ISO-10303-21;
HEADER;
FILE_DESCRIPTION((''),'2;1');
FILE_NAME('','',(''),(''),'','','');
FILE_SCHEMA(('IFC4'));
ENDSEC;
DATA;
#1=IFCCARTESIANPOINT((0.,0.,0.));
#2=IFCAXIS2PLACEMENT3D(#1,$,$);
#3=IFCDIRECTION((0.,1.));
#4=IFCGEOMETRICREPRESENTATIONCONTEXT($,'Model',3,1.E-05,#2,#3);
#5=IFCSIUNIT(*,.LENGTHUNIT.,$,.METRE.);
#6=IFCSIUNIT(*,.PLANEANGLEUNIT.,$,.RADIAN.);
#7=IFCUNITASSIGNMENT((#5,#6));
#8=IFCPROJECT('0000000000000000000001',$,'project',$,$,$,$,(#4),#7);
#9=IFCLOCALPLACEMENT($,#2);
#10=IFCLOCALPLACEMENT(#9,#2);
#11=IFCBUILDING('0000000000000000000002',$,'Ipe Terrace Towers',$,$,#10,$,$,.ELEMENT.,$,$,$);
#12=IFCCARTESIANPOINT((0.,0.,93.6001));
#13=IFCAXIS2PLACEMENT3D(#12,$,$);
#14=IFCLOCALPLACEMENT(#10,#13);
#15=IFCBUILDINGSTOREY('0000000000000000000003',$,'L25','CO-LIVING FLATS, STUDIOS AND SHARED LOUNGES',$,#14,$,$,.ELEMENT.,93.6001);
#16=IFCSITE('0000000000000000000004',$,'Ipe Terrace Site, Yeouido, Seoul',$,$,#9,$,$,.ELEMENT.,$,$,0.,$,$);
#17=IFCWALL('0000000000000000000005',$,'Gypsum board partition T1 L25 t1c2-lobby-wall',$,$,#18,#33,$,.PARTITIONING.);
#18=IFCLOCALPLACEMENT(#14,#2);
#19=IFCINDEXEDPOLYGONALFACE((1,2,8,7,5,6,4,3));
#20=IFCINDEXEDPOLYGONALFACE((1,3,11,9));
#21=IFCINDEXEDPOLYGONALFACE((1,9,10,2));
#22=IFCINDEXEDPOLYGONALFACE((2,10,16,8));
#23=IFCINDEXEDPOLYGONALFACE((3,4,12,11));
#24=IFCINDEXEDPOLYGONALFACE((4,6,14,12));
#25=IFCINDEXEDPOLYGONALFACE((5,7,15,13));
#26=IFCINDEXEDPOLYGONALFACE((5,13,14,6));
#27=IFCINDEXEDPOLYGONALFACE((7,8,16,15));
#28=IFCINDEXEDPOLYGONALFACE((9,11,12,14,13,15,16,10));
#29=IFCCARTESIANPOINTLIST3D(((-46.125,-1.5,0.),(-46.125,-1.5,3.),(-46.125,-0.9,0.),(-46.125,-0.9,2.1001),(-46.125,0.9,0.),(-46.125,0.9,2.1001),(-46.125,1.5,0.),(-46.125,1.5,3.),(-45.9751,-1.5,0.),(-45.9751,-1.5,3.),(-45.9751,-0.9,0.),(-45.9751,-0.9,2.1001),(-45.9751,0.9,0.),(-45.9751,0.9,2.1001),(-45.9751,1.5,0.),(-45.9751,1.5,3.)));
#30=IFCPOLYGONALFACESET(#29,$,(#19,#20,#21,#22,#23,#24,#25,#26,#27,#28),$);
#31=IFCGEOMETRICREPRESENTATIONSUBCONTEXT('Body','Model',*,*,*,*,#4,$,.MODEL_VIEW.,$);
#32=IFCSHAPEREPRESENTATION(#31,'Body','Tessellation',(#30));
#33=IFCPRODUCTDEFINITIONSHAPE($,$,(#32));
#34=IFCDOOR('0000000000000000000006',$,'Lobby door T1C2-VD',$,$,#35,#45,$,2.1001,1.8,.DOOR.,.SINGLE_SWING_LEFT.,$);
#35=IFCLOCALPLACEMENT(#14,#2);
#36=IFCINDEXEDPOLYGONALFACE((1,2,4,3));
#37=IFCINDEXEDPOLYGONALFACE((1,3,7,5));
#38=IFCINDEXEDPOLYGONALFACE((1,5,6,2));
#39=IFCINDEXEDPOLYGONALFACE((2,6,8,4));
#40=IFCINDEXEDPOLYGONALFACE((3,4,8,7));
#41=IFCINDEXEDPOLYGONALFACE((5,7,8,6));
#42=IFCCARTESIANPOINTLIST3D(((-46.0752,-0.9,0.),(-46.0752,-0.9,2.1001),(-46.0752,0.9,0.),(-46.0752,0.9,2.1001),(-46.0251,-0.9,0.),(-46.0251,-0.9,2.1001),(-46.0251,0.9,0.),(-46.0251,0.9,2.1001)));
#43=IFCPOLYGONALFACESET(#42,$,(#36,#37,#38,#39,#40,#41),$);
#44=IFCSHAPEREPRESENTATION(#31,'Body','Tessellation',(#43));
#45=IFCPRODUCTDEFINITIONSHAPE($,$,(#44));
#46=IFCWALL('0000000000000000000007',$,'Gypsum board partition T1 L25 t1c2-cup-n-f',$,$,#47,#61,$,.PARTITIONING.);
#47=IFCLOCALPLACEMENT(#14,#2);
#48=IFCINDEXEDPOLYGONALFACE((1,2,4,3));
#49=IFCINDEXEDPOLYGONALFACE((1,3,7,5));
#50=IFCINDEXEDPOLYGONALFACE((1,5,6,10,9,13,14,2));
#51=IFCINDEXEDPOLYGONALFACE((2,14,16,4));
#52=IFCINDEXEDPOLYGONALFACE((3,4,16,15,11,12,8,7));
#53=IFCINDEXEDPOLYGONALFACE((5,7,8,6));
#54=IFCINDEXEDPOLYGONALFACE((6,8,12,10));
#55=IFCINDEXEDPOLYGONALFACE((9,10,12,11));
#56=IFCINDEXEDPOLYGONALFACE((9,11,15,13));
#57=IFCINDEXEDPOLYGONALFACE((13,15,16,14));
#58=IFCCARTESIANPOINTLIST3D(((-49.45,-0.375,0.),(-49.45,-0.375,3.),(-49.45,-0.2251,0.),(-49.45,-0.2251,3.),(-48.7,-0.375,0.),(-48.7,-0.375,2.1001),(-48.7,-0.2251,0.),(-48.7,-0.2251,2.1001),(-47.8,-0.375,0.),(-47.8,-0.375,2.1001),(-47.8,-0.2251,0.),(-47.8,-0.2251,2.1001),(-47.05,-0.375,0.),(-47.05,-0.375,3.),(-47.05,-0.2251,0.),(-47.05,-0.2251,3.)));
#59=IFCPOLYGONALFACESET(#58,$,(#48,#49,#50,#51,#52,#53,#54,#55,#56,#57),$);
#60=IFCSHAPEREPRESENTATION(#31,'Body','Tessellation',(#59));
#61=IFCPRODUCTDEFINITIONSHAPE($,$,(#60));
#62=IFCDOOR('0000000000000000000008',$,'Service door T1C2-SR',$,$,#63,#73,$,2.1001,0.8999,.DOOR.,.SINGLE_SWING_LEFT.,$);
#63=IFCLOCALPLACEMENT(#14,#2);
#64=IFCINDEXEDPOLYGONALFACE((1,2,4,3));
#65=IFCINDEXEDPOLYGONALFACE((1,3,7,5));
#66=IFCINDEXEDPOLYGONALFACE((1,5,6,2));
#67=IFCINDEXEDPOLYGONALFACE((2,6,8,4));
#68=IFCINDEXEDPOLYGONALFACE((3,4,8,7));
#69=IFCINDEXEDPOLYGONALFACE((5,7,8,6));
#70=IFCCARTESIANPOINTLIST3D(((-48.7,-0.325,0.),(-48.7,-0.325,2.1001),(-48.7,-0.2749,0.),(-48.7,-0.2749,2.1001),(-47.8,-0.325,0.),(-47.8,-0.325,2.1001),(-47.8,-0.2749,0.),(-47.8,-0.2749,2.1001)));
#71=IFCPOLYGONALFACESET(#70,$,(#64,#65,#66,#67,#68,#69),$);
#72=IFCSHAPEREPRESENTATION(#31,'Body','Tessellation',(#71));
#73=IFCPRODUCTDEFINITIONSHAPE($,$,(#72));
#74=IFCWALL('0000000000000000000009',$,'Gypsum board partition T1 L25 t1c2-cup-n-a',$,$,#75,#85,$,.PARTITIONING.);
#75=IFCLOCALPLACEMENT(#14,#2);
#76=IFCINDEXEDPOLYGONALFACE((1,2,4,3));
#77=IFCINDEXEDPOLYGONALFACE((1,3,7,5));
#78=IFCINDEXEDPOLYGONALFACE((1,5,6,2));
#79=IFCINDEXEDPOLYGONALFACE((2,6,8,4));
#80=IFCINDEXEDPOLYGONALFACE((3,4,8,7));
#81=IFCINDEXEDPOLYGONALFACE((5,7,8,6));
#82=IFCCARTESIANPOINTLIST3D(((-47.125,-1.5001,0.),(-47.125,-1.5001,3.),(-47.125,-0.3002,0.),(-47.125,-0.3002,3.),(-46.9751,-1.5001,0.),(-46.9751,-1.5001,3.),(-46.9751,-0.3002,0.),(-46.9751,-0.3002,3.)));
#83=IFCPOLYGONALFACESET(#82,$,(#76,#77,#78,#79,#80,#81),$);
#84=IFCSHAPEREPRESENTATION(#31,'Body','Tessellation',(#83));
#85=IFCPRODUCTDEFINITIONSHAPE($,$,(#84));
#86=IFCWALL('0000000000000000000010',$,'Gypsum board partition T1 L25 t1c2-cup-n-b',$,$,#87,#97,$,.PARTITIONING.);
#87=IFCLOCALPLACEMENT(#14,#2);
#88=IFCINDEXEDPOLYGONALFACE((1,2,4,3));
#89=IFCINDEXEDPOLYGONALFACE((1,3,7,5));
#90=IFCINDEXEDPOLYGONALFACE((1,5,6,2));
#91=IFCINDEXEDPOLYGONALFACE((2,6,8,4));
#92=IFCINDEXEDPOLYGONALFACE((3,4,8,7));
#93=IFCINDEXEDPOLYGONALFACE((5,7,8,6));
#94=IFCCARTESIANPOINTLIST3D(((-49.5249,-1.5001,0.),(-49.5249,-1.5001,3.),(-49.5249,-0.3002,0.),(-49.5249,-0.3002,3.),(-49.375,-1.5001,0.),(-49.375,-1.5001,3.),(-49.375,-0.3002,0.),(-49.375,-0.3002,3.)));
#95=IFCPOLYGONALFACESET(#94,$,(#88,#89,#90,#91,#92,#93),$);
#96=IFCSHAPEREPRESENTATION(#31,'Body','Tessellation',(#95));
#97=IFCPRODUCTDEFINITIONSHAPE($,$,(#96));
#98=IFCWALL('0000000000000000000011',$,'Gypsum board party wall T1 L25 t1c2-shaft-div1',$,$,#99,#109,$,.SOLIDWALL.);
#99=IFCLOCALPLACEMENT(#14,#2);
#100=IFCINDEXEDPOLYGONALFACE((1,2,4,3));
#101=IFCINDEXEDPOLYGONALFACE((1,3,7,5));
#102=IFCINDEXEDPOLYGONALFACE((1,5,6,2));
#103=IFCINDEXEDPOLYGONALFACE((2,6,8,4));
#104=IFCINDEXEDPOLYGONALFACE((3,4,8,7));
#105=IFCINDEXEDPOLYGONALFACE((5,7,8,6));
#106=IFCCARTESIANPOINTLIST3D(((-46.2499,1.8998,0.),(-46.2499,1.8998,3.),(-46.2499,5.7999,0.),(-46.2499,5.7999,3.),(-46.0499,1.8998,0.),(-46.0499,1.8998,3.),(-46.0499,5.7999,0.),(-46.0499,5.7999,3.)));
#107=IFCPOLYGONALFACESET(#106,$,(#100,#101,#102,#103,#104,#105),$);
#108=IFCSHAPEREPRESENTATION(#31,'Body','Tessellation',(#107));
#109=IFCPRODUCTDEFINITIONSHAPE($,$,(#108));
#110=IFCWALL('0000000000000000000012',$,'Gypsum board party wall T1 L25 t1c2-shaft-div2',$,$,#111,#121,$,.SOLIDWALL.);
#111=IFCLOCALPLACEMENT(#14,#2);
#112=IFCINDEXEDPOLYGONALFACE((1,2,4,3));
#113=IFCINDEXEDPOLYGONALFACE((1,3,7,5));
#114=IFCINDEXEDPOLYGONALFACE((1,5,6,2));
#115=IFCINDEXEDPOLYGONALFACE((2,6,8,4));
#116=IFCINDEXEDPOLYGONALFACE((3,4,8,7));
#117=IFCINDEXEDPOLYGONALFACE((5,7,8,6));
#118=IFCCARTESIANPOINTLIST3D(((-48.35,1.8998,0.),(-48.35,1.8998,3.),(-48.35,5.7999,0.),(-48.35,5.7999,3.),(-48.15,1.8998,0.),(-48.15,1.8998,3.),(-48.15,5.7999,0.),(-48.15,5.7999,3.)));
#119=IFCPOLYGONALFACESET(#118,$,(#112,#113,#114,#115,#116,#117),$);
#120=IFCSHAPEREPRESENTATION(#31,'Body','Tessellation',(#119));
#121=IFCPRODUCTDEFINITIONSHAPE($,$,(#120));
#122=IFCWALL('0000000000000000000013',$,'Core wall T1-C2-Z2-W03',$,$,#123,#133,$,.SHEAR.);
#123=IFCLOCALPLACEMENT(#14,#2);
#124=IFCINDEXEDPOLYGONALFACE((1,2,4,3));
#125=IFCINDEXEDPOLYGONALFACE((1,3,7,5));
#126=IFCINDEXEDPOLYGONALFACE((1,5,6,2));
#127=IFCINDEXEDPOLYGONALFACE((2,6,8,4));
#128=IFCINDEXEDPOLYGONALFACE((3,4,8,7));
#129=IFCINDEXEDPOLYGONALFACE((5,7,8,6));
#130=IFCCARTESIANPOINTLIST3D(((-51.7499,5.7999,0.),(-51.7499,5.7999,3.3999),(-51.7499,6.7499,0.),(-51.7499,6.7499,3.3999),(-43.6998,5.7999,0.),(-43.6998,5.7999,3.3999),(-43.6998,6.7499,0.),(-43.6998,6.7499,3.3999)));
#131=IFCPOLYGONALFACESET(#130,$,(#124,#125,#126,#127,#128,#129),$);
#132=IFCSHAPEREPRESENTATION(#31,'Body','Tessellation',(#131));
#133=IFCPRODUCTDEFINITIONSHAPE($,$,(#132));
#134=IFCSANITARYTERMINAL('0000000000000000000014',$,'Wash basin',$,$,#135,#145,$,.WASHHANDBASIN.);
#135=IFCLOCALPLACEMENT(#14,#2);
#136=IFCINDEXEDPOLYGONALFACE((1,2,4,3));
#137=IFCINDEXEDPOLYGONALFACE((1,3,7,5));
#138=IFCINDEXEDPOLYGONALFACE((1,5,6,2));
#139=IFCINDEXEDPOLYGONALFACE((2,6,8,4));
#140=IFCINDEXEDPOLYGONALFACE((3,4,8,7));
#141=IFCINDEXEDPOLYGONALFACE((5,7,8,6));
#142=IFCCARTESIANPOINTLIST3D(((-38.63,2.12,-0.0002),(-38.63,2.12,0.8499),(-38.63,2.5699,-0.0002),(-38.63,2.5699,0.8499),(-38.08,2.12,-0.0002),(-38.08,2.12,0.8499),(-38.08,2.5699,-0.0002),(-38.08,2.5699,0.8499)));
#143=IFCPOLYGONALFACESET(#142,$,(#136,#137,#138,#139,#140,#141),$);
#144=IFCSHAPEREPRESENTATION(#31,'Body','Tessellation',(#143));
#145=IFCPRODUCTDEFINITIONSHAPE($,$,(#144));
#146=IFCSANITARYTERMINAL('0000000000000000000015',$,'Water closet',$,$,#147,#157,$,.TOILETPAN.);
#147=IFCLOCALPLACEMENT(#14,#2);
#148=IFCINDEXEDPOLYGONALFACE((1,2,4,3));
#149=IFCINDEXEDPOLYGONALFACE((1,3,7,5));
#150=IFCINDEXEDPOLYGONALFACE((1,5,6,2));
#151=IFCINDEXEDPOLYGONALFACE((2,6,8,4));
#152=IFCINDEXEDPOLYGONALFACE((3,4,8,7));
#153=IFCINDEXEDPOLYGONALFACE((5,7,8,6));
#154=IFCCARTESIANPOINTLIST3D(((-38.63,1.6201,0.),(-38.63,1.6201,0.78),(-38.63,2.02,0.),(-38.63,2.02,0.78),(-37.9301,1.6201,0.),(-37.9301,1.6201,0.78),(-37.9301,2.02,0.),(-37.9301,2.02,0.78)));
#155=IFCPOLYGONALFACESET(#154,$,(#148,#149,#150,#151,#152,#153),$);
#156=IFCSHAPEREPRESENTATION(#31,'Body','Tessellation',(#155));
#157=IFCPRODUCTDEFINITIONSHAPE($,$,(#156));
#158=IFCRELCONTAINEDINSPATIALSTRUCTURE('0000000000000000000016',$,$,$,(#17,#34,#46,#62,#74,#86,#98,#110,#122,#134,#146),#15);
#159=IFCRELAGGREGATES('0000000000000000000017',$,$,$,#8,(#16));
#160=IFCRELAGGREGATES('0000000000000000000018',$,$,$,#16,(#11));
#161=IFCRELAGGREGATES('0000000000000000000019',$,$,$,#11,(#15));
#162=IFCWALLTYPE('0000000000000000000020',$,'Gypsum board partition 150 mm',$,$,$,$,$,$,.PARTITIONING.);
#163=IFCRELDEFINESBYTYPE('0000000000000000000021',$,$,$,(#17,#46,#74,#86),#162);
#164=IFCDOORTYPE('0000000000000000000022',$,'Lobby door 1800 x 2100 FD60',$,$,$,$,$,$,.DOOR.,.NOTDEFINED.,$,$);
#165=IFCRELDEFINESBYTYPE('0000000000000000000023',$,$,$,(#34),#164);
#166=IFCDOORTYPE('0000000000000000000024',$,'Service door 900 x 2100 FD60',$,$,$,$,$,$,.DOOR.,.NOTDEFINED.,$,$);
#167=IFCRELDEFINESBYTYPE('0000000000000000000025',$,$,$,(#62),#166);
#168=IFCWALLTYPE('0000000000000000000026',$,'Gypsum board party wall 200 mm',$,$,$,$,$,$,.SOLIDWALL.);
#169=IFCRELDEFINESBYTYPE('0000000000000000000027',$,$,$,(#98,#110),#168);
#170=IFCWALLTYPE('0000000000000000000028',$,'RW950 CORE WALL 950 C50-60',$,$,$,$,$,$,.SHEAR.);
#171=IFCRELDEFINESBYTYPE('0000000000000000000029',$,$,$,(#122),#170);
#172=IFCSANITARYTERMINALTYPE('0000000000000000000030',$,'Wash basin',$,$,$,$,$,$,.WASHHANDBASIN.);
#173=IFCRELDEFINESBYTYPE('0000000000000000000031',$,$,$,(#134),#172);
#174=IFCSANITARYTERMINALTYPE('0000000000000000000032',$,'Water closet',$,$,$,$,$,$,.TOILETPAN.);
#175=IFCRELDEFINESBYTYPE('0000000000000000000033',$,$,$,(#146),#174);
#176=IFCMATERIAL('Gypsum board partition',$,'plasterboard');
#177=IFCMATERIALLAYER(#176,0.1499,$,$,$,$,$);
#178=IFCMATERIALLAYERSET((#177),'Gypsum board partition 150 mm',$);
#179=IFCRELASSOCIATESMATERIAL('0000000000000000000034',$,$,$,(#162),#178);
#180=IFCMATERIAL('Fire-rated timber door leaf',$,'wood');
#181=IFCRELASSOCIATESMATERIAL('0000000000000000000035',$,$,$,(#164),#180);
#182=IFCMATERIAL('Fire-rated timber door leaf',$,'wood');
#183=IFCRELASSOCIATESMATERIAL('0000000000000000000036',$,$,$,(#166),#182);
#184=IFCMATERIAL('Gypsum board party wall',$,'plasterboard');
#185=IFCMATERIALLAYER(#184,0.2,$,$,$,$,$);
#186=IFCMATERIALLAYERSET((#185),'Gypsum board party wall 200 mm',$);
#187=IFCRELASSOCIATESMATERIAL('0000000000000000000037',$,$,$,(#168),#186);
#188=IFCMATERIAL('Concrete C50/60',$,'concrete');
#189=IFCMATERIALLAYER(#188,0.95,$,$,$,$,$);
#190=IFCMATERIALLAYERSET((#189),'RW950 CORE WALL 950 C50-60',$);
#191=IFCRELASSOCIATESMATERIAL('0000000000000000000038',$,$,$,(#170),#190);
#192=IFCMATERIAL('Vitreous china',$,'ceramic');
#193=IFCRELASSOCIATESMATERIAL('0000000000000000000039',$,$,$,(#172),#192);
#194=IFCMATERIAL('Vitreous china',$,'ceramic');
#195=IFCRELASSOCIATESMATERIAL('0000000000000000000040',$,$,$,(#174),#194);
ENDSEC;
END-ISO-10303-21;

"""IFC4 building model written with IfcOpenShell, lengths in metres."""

from ifc_helpers import new_model, si_unit, direction, frame, frame_2d, origin, origin_2d, place, context, subcontext, project, spatial, rectangle, extrude, material, layer, layer_set, type_object, element, fill, save


model = new_model("IFC4")

# Units and contexts
model_context = context("Model", 3, precision=1e-05, world=origin(), true_north=direction((0.0, 1.0)))
body_context = subcontext(model_context, "Body", "Model", "MODEL_VIEW")
ifc_project = project(units=[si_unit("LENGTHUNIT", "METRE"), si_unit("PLANEANGLEUNIT", "RADIAN")], contexts=[model_context])

# Site, building, storey
site_placement = place(None, origin())
site = spatial("IfcSite", under=ifc_project, at=site_placement, Name="Ipe Terrace Site, Yeouido, Seoul", CompositionType="ELEMENT", RefElevation=0.0)
building_placement = place(site_placement, origin())
building = spatial("IfcBuilding", under=site, at=building_placement, Name="Ipe Terrace Towers", CompositionType="ELEMENT")
storey_placement = place(building_placement, frame((0.0, 0.0, 93.6001)))
storey = spatial("IfcBuildingStorey", under=building, at=storey_placement, Name="L25", Description="CO-LIVING FLATS, STUDIOS AND SHARED LOUNGES", CompositionType="ELEMENT", Elevation=93.6001)

# Walls, openings, doors
ifc_material_1 = material(Name="Gypsum board partition", Category="plasterboard")
ifc_layer_1 = layer(ifc_material_1, 0.1499)
ifc_layer_set_1 = layer_set([ifc_layer_1], Name="Gypsum board partition 150 mm")
wall_type_1 = type_object("IfcWallType", Name="Gypsum board partition 150 mm", PredefinedType="PARTITIONING", material=ifc_layer_set_1)
wall_1_placement = place(storey_placement, frame((-46.05, 1.5, 0.0), z_axis=(0.0, 0.0, 1.0), x_axis=(0.0, -1.0, 0.0)))
wall_1 = element("IfcWall", 1, at=wall_1_placement, inside=storey, type_object=wall_type_1, Name="Gypsum board partition T1 L25 t1c2-lobby-wall", PredefinedType="PARTITIONING", context=body_context, shape_type="SweptSolid", body=[
    extrude(rectangle(XDim=3.0, YDim=0.1499, at=frame_2d((1.5, 0.0))), origin(), (0.0, 0.0, 1.0), 3.0),
])
opening_1_placement = place(wall_1_placement, frame((0.6001, 0.0, 0.0)))
opening_1 = element("IfcOpeningElement", 2, at=opening_1_placement, cuts=wall_1, PredefinedType="OPENING", context=body_context, shape_type="SweptSolid", body=[
    extrude(rectangle(XDim=1.8, YDim=2.1001, at=frame_2d((0.8999, 1.05))), frame((0.0, 0.085, 0.0), z_axis=(0.0, -1.0, 0.0), x_axis=(1.0, 0.0, 0.0)), (0.0, 0.0, 1.0), 0.1699),
])
ifc_material_2 = material(Name="Fire-rated timber door leaf", Category="wood")
door_type_1 = type_object("IfcDoorType", Name="Lobby door 1800 x 2100 FD60", OperationType="NOTDEFINED", PredefinedType="DOOR", material=ifc_material_2)
door_1_placement = place(opening_1_placement, origin())
door_1 = element("IfcDoor", 3, at=door_1_placement, inside=storey, type_object=door_type_1, Name="Lobby door T1C2-VD", OperationType="SINGLE_SWING_LEFT", OverallHeight=2.1001, OverallWidth=1.8, PredefinedType="DOOR", context=body_context, shape_type="SweptSolid", body=[
    extrude(rectangle(XDim=1.8, YDim=2.1001, at=frame_2d((0.8999, 1.05))), frame((0.0, 0.0249, 0.0), z_axis=(0.0, -1.0, 0.0), x_axis=(1.0, 0.0, 0.0)), (0.0, 0.0, 1.0), 0.05),
])
fill(opening_1, door_1)
wall_2_placement = place(storey_placement, frame((-47.05, -0.3, 0.0), z_axis=(0.0, 0.0, 1.0), x_axis=(-1.0, 0.0, 0.0)))
wall_2 = element("IfcWall", 4, at=wall_2_placement, inside=storey, type_object=wall_type_1, Name="Gypsum board partition T1 L25 t1c2-cup-n-f", PredefinedType="PARTITIONING", context=body_context, shape_type="SweptSolid", body=[
    extrude(rectangle(XDim=2.3999, YDim=0.1499, at=frame_2d((1.2, 0.0))), origin(), (0.0, 0.0, 1.0), 3.0),
])
opening_2_placement = place(wall_2_placement, frame((0.75, 0.0, 0.0)))
opening_2 = element("IfcOpeningElement", 5, at=opening_2_placement, cuts=wall_2, PredefinedType="OPENING", context=body_context, shape_type="SweptSolid", body=[
    extrude(rectangle(XDim=0.8999, YDim=2.1001, at=frame_2d((0.45, 1.05))), frame((0.0, 0.085, 0.0), z_axis=(0.0, -1.0, 0.0), x_axis=(1.0, 0.0, 0.0)), (0.0, 0.0, 1.0), 0.1699),
])
ifc_material_3 = material(Name="Fire-rated timber door leaf", Category="wood")
door_type_2 = type_object("IfcDoorType", Name="Service door 900 x 2100 FD60", OperationType="NOTDEFINED", PredefinedType="DOOR", material=ifc_material_3)
door_2_placement = place(opening_2_placement, origin())
door_2 = element("IfcDoor", 6, at=door_2_placement, inside=storey, type_object=door_type_2, Name="Service door T1C2-SR", OperationType="SINGLE_SWING_LEFT", OverallHeight=2.1001, OverallWidth=0.8999, PredefinedType="DOOR", context=body_context, shape_type="SweptSolid", body=[
    extrude(rectangle(XDim=0.8999, YDim=2.1001, at=frame_2d((0.45, 1.05))), frame((0.0, 0.0249, 0.0), z_axis=(0.0, -1.0, 0.0), x_axis=(1.0, 0.0, 0.0)), (0.0, 0.0, 1.0), 0.05),
])
fill(opening_2, door_2)

# Walls
for number, where, z_axis, x_axis, name in (
    (7, (-47.05, -0.3, 0.0), (0.0, 0.0, 1.0), (0.0, -1.0, 0.0), "Gypsum board partition T1 L25 t1c2-cup-n-a"),
    (8, (-49.45, -0.3, 0.0), (0.0, 0.0, 1.0), (0.0, -1.0, 0.0), "Gypsum board partition T1 L25 t1c2-cup-n-b"),
):
    element("IfcWall", number, at=place(storey_placement, frame(where, z_axis=z_axis, x_axis=x_axis)), inside=storey, type_object=wall_type_1, Name=name, PredefinedType="PARTITIONING", context=body_context, shape_type="SweptSolid", body=[
        extrude(rectangle(XDim=1.2, YDim=0.1499, at=frame_2d((0.6001, 0.0))), origin(), (0.0, 0.0, 1.0), 3.0),
    ])
ifc_material_4 = material(Name="Gypsum board party wall", Category="plasterboard")
ifc_layer_2 = layer(ifc_material_4, 0.2)
ifc_layer_set_2 = layer_set([ifc_layer_2], Name="Gypsum board party wall 200 mm")
wall_type_2 = type_object("IfcWallType", Name="Gypsum board party wall 200 mm", PredefinedType="SOLIDWALL", material=ifc_layer_set_2)
for number, where, z_axis, x_axis, name in (
    (9, (-46.1499, 5.8, 0.0), (0.0, 0.0, 1.0), (0.0, -1.0, 0.0), "Gypsum board party wall T1 L25 t1c2-shaft-div1"),
    (10, (-48.25, 5.8, 0.0), (0.0, 0.0, 1.0), (0.0, -1.0, 0.0), "Gypsum board party wall T1 L25 t1c2-shaft-div2"),
):
    element("IfcWall", number, at=place(storey_placement, frame(where, z_axis=z_axis, x_axis=x_axis)), inside=storey, type_object=wall_type_2, Name=name, PredefinedType="SOLIDWALL", context=body_context, shape_type="SweptSolid", body=[
        extrude(rectangle(XDim=3.9001, YDim=0.2, at=frame_2d((1.9502, 0.0))), origin(), (0.0, 0.0, 1.0), 3.0),
    ])
ifc_material_5 = material(Name="Concrete C50/60", Category="concrete")
ifc_layer_3 = layer(ifc_material_5, 0.95)
ifc_layer_set_3 = layer_set([ifc_layer_3], Name="RW950 CORE WALL 950 C50-60")
wall_type_3 = type_object("IfcWallType", Name="RW950 CORE WALL 950 C50-60", PredefinedType="SHEAR", material=ifc_layer_set_3)
wall_3_placement = place(storey_placement, frame((-43.7, 6.2749, 0.0), z_axis=(0.0, 0.0, 1.0), x_axis=(-1.0, 0.0, 0.0)))
element("IfcWall", 11, at=wall_3_placement, inside=storey, type_object=wall_type_3, Name="Core wall T1-C2-Z2-W03", PredefinedType="SHEAR", context=body_context, shape_type="SweptSolid", body=[
    extrude(rectangle(XDim=8.05, YDim=0.95, at=frame_2d((4.0249, 0.0))), origin(), (0.0, 0.0, 1.0), 3.3999),
])

# Sanitary terminals
ifc_material_6 = material(Name="Vitreous china", Category="ceramic")
sanitary_terminal_type_1 = type_object("IfcSanitaryTerminalType", Name="Wash basin", PredefinedType="WASHHANDBASIN", material=ifc_material_6)
sanitary_terminal_1_placement = place(storey_placement, frame((-38.355, 2.345, -0.0002), z_axis=(0.0, 0.0, 1.0), x_axis=(1.0, 0.0, 0.0)))
element("IfcSanitaryTerminal", 12, at=sanitary_terminal_1_placement, inside=storey, type_object=sanitary_terminal_type_1, Name="Wash basin", PredefinedType="WASHHANDBASIN", context=body_context, shape_type="SweptSolid", body=[
    extrude(rectangle(XDim=0.55, YDim=0.45, at=origin_2d()), origin(), (0.0, 0.0, 1.0), 0.8501),
])
ifc_material_7 = material(Name="Vitreous china", Category="ceramic")
sanitary_terminal_type_2 = type_object("IfcSanitaryTerminalType", Name="Water closet", PredefinedType="TOILETPAN", material=ifc_material_7)
sanitary_terminal_2_placement = place(storey_placement, frame((-38.28, 1.8201, 0.0), z_axis=(0.0, 0.0, 1.0), x_axis=(1.0, 0.0, 0.0)))
element("IfcSanitaryTerminal", 13, at=sanitary_terminal_2_placement, inside=storey, type_object=sanitary_terminal_type_2, Name="Water closet", PredefinedType="TOILETPAN", context=body_context, shape_type="SweptSolid", body=[
    extrude(rectangle(XDim=0.7, YDim=0.3999, at=origin_2d()), origin(), (0.0, 0.0, 1.0), 0.78),
])

save(model, "model.ifc")
